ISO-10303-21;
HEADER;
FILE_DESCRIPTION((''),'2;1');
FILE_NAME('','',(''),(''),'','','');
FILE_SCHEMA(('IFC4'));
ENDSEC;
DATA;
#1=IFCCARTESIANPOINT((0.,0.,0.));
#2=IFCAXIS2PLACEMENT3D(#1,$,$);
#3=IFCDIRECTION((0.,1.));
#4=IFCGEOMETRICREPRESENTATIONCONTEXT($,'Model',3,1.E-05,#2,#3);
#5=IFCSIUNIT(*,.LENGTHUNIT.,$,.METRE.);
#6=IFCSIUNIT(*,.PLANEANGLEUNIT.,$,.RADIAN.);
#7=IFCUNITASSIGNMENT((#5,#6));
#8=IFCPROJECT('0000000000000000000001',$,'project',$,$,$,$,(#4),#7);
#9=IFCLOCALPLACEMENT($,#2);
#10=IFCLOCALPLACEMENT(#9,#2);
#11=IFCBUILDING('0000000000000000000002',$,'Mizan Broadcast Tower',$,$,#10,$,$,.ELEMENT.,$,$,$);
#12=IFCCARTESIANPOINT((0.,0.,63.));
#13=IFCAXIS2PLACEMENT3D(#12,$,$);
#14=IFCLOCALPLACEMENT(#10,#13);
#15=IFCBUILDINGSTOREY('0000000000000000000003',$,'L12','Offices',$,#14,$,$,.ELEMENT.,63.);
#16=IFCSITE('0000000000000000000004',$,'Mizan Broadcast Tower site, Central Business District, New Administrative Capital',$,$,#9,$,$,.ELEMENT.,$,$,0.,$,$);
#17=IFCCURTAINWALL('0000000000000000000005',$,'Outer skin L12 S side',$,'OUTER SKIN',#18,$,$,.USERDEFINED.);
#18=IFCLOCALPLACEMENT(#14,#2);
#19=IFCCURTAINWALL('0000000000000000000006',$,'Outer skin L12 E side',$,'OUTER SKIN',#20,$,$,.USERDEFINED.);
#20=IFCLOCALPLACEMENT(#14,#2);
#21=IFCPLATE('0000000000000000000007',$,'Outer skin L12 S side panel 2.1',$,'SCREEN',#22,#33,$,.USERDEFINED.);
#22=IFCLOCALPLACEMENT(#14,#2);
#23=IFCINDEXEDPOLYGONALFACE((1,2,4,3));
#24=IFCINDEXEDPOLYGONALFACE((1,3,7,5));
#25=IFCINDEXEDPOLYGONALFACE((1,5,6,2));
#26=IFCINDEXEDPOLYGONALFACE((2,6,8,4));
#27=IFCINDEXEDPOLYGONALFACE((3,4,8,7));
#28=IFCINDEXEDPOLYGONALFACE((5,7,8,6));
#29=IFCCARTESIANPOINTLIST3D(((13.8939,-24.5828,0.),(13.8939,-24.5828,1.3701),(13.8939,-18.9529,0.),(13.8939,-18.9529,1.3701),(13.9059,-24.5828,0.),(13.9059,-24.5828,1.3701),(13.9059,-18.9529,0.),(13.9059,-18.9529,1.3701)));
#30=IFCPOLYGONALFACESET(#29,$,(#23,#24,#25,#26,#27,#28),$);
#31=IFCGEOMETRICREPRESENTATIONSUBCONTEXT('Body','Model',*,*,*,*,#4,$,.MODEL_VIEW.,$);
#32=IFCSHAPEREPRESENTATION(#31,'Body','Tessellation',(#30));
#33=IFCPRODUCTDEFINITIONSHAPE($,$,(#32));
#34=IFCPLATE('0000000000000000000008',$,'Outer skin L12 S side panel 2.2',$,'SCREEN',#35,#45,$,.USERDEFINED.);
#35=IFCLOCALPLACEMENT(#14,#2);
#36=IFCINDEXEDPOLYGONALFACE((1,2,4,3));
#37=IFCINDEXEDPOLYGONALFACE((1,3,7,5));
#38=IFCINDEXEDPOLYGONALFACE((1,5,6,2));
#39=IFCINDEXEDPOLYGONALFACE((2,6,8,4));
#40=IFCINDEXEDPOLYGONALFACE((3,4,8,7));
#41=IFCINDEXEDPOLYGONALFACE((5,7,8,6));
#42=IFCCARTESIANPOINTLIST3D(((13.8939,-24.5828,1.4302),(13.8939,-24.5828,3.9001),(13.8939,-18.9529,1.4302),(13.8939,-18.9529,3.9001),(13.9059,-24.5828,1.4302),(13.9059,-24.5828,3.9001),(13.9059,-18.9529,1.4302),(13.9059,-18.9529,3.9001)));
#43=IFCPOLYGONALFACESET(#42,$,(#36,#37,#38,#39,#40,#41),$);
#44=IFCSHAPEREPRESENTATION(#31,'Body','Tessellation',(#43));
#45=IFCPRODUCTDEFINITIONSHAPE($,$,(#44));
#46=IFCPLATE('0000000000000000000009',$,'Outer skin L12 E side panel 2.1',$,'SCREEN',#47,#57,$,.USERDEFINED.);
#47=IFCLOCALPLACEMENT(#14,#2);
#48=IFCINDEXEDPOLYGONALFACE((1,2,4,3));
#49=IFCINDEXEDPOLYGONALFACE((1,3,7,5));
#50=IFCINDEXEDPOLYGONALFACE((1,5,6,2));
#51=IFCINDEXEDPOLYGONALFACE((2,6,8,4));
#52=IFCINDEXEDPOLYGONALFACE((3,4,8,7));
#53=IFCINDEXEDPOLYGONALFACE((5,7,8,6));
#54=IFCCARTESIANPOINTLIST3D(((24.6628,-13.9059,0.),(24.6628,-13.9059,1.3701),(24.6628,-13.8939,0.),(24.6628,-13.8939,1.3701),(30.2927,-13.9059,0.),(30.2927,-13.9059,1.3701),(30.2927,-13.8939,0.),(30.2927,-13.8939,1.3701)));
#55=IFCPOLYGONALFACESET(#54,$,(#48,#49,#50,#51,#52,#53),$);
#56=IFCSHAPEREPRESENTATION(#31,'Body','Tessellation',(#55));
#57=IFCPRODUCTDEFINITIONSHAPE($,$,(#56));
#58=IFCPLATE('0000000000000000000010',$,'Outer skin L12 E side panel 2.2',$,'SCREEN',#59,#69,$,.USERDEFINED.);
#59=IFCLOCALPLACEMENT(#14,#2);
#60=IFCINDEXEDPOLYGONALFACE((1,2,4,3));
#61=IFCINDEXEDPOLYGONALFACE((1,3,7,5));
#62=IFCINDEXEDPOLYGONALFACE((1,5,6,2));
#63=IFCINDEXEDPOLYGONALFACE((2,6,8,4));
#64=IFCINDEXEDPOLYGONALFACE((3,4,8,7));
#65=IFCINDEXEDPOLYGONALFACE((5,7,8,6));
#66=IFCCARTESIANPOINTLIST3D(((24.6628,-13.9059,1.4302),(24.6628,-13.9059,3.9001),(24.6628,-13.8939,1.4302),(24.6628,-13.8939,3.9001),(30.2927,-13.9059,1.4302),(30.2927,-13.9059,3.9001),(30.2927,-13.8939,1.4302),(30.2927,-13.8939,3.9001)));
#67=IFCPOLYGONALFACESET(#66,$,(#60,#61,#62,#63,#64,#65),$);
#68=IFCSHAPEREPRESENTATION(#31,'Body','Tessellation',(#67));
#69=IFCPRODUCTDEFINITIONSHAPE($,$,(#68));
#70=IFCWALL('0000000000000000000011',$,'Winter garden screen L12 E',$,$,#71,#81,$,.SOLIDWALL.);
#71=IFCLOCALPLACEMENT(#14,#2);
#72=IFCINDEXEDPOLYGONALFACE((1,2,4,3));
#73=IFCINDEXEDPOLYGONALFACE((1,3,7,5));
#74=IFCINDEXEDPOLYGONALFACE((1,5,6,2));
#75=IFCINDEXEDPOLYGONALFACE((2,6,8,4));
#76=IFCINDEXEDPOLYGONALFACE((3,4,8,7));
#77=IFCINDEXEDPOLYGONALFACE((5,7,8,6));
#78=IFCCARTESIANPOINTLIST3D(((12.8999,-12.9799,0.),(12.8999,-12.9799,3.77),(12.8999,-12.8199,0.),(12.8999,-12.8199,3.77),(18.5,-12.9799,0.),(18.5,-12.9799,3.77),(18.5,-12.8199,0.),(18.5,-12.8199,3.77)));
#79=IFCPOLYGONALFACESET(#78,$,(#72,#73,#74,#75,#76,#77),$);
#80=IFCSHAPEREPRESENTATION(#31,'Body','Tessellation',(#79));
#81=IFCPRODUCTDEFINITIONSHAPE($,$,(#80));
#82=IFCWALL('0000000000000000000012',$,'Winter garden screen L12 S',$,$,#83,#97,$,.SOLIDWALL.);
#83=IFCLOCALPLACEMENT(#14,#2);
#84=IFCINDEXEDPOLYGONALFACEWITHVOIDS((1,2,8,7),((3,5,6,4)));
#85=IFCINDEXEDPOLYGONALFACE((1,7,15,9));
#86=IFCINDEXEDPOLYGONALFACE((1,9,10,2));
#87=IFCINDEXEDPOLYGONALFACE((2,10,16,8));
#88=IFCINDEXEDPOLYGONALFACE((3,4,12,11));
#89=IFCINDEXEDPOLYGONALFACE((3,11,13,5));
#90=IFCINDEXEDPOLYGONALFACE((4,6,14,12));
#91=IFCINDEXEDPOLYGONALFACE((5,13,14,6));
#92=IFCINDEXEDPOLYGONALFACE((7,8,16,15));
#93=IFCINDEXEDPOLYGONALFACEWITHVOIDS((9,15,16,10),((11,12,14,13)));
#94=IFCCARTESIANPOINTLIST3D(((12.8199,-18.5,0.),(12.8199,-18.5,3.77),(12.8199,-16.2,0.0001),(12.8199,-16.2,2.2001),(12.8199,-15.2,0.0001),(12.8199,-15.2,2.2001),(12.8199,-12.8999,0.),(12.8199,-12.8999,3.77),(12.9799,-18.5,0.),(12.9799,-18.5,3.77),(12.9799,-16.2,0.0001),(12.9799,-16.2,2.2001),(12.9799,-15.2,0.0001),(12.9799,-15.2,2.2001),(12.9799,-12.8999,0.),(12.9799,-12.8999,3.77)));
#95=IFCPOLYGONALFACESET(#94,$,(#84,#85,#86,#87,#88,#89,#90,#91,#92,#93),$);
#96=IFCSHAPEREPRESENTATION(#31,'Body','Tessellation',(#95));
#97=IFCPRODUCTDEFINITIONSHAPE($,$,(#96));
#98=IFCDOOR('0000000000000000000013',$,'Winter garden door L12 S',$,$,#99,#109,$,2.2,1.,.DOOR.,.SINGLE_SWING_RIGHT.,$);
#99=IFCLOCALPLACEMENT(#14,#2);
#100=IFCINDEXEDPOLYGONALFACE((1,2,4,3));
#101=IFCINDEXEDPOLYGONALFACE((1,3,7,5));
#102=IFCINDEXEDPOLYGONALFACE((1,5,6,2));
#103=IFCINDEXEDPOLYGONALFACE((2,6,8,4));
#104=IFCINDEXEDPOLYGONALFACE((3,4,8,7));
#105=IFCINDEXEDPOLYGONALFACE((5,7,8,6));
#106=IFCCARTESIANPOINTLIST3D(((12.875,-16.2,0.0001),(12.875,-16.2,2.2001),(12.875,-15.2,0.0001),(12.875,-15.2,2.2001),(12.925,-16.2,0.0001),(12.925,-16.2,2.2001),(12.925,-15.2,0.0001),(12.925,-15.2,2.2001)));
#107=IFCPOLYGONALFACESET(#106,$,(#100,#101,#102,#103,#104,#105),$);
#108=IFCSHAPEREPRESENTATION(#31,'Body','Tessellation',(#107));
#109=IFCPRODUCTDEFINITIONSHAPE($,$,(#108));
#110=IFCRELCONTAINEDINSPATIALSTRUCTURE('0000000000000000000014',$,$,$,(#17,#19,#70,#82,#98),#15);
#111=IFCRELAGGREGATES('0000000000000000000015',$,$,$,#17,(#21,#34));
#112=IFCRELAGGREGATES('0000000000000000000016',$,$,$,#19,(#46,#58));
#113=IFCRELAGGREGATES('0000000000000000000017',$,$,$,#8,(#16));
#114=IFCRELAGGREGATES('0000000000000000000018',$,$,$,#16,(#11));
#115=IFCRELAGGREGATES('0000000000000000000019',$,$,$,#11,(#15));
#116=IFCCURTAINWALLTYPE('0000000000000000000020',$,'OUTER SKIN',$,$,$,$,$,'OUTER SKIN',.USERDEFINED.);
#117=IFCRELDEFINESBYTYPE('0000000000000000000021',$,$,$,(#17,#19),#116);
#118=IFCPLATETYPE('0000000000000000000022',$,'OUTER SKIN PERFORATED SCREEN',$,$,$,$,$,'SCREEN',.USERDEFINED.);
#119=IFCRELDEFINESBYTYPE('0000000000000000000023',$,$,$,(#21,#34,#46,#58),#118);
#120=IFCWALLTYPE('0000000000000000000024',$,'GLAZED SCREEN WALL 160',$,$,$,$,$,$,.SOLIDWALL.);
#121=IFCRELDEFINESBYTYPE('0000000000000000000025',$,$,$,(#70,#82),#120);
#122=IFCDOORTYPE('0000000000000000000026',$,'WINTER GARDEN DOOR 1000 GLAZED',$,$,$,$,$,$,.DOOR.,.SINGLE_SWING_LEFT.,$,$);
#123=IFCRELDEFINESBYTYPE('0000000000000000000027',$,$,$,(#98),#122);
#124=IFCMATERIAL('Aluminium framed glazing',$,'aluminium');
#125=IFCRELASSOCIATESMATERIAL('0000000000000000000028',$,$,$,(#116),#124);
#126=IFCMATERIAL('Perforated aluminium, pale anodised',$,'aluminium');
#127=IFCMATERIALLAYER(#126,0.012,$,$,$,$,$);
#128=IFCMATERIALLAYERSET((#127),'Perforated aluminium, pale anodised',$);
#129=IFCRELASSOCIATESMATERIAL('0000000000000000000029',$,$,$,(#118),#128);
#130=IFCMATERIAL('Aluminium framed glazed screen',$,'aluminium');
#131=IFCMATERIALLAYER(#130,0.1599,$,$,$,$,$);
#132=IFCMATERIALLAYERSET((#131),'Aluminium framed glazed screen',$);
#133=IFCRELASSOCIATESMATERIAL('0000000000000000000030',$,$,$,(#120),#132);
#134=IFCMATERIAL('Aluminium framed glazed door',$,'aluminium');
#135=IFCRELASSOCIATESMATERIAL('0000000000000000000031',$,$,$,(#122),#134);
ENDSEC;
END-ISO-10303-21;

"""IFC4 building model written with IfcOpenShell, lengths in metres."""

from ifc_helpers import new_model, si_unit, direction, frame, frame_2d, origin, origin_2d, place, context, subcontext, project, spatial, rectangle, extrude, material, layer, layer_set, type_object, element, fill, aggregate, save


model = new_model("IFC4")

# Units and contexts
model_context = context("Model", 3, precision=1e-05, world=origin(), true_north=direction((0.0, 1.0)))
body_context = subcontext(model_context, "Body", "Model", "MODEL_VIEW")
ifc_project = project(units=[si_unit("LENGTHUNIT", "METRE"), si_unit("PLANEANGLEUNIT", "RADIAN")], contexts=[model_context])

# Site, building, storey
site_placement = place(None, origin())
site = spatial("IfcSite", under=ifc_project, at=site_placement, Name="Mizan Broadcast Tower site, Central Business District, New Administrative Capital", CompositionType="ELEMENT", RefElevation=0.0)
building_placement = place(site_placement, origin())
building = spatial("IfcBuilding", under=site, at=building_placement, Name="Mizan Broadcast Tower", CompositionType="ELEMENT")
storey_placement = place(building_placement, frame((0.0, 0.0, 63.0)))
storey = spatial("IfcBuildingStorey", under=building, at=storey_placement, Name="L12", Description="Offices", CompositionType="ELEMENT", Elevation=63.0)

# Shared definitions
ifc_material_1 = material(Name="Aluminium framed glazing", Category="aluminium")
curtain_wall_type_1 = type_object("IfcCurtainWallType", Name="OUTER SKIN", ElementType="OUTER SKIN", PredefinedType="USERDEFINED", material=ifc_material_1)

# Curtain wall
curtain_wall_1_placement = place(storey_placement, origin())
curtain_wall_1 = element("IfcCurtainWall", 1, at=curtain_wall_1_placement, inside=storey, type_object=curtain_wall_type_1, Name="Outer skin L12 S side", ObjectType="OUTER SKIN", PredefinedType="USERDEFINED")

# Curtain wall
curtain_wall_2_placement = place(storey_placement, origin())
curtain_wall_2 = element("IfcCurtainWall", 2, at=curtain_wall_2_placement, inside=storey, type_object=curtain_wall_type_1, Name="Outer skin L12 E side", ObjectType="OUTER SKIN", PredefinedType="USERDEFINED")

# Plates
ifc_material_2 = material(Name="Perforated aluminium, pale anodised", Category="aluminium")
ifc_layer_1 = layer(ifc_material_2, 0.012)
ifc_layer_set_1 = layer_set([ifc_layer_1], Name="Perforated aluminium, pale anodised")
plate_type_1 = type_object("IfcPlateType", Name="OUTER SKIN PERFORATED SCREEN", ElementType="SCREEN", PredefinedType="USERDEFINED", material=ifc_layer_set_1)
plate_1_placement = place(storey_placement, frame((13.8999, -21.7678, 0.0), z_axis=(0.0, 0.0, 1.0), x_axis=(0.0, 1.0, 0.0)))
plate_1 = element("IfcPlate", 3, at=plate_1_placement, type_object=plate_type_1, Name="Outer skin L12 S side panel 2.1", ObjectType="SCREEN", PredefinedType="USERDEFINED", context=body_context, shape_type="SweptSolid", body=[
    extrude(rectangle(XDim=5.6299, YDim=0.012, at=origin_2d()), origin(), (0.0, 0.0, 1.0), 1.3701),
])
plate_2_placement = place(storey_placement, frame((13.8999, -21.7678, 1.4302), z_axis=(0.0, 0.0, 1.0), x_axis=(0.0, 1.0, 0.0)))
plate_2 = element("IfcPlate", 4, at=plate_2_placement, type_object=plate_type_1, Name="Outer skin L12 S side panel 2.2", ObjectType="SCREEN", PredefinedType="USERDEFINED", context=body_context, shape_type="SweptSolid", body=[
    extrude(rectangle(XDim=5.6299, YDim=0.012, at=origin_2d()), origin(), (0.0, 0.0, 1.0), 2.47),
])
aggregate(curtain_wall_1, [plate_1, plate_2])
plate_3_placement = place(storey_placement, frame((27.4778, -13.8999, 0.0), z_axis=(0.0, 0.0, 1.0), x_axis=(1.0, 0.0, 0.0)))
plate_3 = element("IfcPlate", 5, at=plate_3_placement, type_object=plate_type_1, Name="Outer skin L12 E side panel 2.1", ObjectType="SCREEN", PredefinedType="USERDEFINED", context=body_context, shape_type="SweptSolid", body=[
    extrude(rectangle(XDim=5.6299, YDim=0.012, at=origin_2d()), origin(), (0.0, 0.0, 1.0), 1.3701),
])
plate_4_placement = place(storey_placement, frame((27.4778, -13.8999, 1.4302), z_axis=(0.0, 0.0, 1.0), x_axis=(1.0, 0.0, 0.0)))
plate_4 = element("IfcPlate", 6, at=plate_4_placement, type_object=plate_type_1, Name="Outer skin L12 E side panel 2.2", ObjectType="SCREEN", PredefinedType="USERDEFINED", context=body_context, shape_type="SweptSolid", body=[
    extrude(rectangle(XDim=5.6299, YDim=0.012, at=origin_2d()), origin(), (0.0, 0.0, 1.0), 2.47),
])
aggregate(curtain_wall_2, [plate_3, plate_4])

# Wall
ifc_material_3 = material(Name="Aluminium framed glazed screen", Category="aluminium")
ifc_layer_2 = layer(ifc_material_3, 0.1599)
ifc_layer_set_2 = layer_set([ifc_layer_2], Name="Aluminium framed glazed screen")
wall_type = type_object("IfcWallType", Name="GLAZED SCREEN WALL 160", PredefinedType="SOLIDWALL", material=ifc_layer_set_2)
wall_1_placement = place(storey_placement, frame((12.8999, -12.8999, 0.0), z_axis=(0.0, 0.0, 1.0), x_axis=(1.0, 0.0, 0.0)))
element("IfcWall", 7, at=wall_1_placement, inside=storey, type_object=wall_type, Name="Winter garden screen L12 E", PredefinedType="SOLIDWALL", context=body_context, shape_type="SweptSolid", body=[
    extrude(rectangle(XDim=5.6001, YDim=0.1599, at=frame_2d((2.8, 0.0))), origin(), (0.0, 0.0, 1.0), 3.77),
])

# Wall, opening, door
wall_2_placement = place(storey_placement, frame((12.8999, -18.5, 0.0), z_axis=(0.0, 0.0, 1.0), x_axis=(0.0, 1.0, 0.0)))
wall_2 = element("IfcWall", 8, at=wall_2_placement, inside=storey, type_object=wall_type, Name="Winter garden screen L12 S", PredefinedType="SOLIDWALL", context=body_context, shape_type="SweptSolid", body=[
    extrude(rectangle(XDim=5.6001, YDim=0.1599, at=frame_2d((2.8, 0.0))), origin(), (0.0, 0.0, 1.0), 3.77),
])
opening_placement = place(wall_2_placement, frame((2.3, 0.0, 0.0)))
opening = element("IfcOpeningElement", 9, at=opening_placement, cuts=wall_2, PredefinedType="OPENING", context=body_context, shape_type="SweptSolid", body=[
    extrude(rectangle(XDim=1.0, YDim=2.2, at=frame_2d((0.5, 1.1001))), frame((0.0, 0.0898, 0.0), z_axis=(0.0, -1.0, 0.0), x_axis=(1.0, 0.0, 0.0)), (0.0, 0.0, 1.0), 0.1799),
])
ifc_material_4 = material(Name="Aluminium framed glazed door", Category="aluminium")
door_type = type_object("IfcDoorType", Name="WINTER GARDEN DOOR 1000 GLAZED", OperationType="SINGLE_SWING_LEFT", PredefinedType="DOOR", material=ifc_material_4)
door_placement = place(opening_placement, origin())
door = element("IfcDoor", 10, at=door_placement, inside=storey, type_object=door_type, Name="Winter garden door L12 S", OperationType="SINGLE_SWING_RIGHT", OverallHeight=2.2, OverallWidth=1.0, PredefinedType="DOOR", context=body_context, shape_type="SweptSolid", body=[
    extrude(rectangle(XDim=1.0, YDim=2.2, at=frame_2d((0.5, 1.1001))), frame((0.0, 0.0249, 0.0), z_axis=(0.0, -1.0, 0.0), x_axis=(1.0, 0.0, 0.0)), (0.0, 0.0, 1.0), 0.05),
])
fill(opening, door)

save(model, "model.ifc")
